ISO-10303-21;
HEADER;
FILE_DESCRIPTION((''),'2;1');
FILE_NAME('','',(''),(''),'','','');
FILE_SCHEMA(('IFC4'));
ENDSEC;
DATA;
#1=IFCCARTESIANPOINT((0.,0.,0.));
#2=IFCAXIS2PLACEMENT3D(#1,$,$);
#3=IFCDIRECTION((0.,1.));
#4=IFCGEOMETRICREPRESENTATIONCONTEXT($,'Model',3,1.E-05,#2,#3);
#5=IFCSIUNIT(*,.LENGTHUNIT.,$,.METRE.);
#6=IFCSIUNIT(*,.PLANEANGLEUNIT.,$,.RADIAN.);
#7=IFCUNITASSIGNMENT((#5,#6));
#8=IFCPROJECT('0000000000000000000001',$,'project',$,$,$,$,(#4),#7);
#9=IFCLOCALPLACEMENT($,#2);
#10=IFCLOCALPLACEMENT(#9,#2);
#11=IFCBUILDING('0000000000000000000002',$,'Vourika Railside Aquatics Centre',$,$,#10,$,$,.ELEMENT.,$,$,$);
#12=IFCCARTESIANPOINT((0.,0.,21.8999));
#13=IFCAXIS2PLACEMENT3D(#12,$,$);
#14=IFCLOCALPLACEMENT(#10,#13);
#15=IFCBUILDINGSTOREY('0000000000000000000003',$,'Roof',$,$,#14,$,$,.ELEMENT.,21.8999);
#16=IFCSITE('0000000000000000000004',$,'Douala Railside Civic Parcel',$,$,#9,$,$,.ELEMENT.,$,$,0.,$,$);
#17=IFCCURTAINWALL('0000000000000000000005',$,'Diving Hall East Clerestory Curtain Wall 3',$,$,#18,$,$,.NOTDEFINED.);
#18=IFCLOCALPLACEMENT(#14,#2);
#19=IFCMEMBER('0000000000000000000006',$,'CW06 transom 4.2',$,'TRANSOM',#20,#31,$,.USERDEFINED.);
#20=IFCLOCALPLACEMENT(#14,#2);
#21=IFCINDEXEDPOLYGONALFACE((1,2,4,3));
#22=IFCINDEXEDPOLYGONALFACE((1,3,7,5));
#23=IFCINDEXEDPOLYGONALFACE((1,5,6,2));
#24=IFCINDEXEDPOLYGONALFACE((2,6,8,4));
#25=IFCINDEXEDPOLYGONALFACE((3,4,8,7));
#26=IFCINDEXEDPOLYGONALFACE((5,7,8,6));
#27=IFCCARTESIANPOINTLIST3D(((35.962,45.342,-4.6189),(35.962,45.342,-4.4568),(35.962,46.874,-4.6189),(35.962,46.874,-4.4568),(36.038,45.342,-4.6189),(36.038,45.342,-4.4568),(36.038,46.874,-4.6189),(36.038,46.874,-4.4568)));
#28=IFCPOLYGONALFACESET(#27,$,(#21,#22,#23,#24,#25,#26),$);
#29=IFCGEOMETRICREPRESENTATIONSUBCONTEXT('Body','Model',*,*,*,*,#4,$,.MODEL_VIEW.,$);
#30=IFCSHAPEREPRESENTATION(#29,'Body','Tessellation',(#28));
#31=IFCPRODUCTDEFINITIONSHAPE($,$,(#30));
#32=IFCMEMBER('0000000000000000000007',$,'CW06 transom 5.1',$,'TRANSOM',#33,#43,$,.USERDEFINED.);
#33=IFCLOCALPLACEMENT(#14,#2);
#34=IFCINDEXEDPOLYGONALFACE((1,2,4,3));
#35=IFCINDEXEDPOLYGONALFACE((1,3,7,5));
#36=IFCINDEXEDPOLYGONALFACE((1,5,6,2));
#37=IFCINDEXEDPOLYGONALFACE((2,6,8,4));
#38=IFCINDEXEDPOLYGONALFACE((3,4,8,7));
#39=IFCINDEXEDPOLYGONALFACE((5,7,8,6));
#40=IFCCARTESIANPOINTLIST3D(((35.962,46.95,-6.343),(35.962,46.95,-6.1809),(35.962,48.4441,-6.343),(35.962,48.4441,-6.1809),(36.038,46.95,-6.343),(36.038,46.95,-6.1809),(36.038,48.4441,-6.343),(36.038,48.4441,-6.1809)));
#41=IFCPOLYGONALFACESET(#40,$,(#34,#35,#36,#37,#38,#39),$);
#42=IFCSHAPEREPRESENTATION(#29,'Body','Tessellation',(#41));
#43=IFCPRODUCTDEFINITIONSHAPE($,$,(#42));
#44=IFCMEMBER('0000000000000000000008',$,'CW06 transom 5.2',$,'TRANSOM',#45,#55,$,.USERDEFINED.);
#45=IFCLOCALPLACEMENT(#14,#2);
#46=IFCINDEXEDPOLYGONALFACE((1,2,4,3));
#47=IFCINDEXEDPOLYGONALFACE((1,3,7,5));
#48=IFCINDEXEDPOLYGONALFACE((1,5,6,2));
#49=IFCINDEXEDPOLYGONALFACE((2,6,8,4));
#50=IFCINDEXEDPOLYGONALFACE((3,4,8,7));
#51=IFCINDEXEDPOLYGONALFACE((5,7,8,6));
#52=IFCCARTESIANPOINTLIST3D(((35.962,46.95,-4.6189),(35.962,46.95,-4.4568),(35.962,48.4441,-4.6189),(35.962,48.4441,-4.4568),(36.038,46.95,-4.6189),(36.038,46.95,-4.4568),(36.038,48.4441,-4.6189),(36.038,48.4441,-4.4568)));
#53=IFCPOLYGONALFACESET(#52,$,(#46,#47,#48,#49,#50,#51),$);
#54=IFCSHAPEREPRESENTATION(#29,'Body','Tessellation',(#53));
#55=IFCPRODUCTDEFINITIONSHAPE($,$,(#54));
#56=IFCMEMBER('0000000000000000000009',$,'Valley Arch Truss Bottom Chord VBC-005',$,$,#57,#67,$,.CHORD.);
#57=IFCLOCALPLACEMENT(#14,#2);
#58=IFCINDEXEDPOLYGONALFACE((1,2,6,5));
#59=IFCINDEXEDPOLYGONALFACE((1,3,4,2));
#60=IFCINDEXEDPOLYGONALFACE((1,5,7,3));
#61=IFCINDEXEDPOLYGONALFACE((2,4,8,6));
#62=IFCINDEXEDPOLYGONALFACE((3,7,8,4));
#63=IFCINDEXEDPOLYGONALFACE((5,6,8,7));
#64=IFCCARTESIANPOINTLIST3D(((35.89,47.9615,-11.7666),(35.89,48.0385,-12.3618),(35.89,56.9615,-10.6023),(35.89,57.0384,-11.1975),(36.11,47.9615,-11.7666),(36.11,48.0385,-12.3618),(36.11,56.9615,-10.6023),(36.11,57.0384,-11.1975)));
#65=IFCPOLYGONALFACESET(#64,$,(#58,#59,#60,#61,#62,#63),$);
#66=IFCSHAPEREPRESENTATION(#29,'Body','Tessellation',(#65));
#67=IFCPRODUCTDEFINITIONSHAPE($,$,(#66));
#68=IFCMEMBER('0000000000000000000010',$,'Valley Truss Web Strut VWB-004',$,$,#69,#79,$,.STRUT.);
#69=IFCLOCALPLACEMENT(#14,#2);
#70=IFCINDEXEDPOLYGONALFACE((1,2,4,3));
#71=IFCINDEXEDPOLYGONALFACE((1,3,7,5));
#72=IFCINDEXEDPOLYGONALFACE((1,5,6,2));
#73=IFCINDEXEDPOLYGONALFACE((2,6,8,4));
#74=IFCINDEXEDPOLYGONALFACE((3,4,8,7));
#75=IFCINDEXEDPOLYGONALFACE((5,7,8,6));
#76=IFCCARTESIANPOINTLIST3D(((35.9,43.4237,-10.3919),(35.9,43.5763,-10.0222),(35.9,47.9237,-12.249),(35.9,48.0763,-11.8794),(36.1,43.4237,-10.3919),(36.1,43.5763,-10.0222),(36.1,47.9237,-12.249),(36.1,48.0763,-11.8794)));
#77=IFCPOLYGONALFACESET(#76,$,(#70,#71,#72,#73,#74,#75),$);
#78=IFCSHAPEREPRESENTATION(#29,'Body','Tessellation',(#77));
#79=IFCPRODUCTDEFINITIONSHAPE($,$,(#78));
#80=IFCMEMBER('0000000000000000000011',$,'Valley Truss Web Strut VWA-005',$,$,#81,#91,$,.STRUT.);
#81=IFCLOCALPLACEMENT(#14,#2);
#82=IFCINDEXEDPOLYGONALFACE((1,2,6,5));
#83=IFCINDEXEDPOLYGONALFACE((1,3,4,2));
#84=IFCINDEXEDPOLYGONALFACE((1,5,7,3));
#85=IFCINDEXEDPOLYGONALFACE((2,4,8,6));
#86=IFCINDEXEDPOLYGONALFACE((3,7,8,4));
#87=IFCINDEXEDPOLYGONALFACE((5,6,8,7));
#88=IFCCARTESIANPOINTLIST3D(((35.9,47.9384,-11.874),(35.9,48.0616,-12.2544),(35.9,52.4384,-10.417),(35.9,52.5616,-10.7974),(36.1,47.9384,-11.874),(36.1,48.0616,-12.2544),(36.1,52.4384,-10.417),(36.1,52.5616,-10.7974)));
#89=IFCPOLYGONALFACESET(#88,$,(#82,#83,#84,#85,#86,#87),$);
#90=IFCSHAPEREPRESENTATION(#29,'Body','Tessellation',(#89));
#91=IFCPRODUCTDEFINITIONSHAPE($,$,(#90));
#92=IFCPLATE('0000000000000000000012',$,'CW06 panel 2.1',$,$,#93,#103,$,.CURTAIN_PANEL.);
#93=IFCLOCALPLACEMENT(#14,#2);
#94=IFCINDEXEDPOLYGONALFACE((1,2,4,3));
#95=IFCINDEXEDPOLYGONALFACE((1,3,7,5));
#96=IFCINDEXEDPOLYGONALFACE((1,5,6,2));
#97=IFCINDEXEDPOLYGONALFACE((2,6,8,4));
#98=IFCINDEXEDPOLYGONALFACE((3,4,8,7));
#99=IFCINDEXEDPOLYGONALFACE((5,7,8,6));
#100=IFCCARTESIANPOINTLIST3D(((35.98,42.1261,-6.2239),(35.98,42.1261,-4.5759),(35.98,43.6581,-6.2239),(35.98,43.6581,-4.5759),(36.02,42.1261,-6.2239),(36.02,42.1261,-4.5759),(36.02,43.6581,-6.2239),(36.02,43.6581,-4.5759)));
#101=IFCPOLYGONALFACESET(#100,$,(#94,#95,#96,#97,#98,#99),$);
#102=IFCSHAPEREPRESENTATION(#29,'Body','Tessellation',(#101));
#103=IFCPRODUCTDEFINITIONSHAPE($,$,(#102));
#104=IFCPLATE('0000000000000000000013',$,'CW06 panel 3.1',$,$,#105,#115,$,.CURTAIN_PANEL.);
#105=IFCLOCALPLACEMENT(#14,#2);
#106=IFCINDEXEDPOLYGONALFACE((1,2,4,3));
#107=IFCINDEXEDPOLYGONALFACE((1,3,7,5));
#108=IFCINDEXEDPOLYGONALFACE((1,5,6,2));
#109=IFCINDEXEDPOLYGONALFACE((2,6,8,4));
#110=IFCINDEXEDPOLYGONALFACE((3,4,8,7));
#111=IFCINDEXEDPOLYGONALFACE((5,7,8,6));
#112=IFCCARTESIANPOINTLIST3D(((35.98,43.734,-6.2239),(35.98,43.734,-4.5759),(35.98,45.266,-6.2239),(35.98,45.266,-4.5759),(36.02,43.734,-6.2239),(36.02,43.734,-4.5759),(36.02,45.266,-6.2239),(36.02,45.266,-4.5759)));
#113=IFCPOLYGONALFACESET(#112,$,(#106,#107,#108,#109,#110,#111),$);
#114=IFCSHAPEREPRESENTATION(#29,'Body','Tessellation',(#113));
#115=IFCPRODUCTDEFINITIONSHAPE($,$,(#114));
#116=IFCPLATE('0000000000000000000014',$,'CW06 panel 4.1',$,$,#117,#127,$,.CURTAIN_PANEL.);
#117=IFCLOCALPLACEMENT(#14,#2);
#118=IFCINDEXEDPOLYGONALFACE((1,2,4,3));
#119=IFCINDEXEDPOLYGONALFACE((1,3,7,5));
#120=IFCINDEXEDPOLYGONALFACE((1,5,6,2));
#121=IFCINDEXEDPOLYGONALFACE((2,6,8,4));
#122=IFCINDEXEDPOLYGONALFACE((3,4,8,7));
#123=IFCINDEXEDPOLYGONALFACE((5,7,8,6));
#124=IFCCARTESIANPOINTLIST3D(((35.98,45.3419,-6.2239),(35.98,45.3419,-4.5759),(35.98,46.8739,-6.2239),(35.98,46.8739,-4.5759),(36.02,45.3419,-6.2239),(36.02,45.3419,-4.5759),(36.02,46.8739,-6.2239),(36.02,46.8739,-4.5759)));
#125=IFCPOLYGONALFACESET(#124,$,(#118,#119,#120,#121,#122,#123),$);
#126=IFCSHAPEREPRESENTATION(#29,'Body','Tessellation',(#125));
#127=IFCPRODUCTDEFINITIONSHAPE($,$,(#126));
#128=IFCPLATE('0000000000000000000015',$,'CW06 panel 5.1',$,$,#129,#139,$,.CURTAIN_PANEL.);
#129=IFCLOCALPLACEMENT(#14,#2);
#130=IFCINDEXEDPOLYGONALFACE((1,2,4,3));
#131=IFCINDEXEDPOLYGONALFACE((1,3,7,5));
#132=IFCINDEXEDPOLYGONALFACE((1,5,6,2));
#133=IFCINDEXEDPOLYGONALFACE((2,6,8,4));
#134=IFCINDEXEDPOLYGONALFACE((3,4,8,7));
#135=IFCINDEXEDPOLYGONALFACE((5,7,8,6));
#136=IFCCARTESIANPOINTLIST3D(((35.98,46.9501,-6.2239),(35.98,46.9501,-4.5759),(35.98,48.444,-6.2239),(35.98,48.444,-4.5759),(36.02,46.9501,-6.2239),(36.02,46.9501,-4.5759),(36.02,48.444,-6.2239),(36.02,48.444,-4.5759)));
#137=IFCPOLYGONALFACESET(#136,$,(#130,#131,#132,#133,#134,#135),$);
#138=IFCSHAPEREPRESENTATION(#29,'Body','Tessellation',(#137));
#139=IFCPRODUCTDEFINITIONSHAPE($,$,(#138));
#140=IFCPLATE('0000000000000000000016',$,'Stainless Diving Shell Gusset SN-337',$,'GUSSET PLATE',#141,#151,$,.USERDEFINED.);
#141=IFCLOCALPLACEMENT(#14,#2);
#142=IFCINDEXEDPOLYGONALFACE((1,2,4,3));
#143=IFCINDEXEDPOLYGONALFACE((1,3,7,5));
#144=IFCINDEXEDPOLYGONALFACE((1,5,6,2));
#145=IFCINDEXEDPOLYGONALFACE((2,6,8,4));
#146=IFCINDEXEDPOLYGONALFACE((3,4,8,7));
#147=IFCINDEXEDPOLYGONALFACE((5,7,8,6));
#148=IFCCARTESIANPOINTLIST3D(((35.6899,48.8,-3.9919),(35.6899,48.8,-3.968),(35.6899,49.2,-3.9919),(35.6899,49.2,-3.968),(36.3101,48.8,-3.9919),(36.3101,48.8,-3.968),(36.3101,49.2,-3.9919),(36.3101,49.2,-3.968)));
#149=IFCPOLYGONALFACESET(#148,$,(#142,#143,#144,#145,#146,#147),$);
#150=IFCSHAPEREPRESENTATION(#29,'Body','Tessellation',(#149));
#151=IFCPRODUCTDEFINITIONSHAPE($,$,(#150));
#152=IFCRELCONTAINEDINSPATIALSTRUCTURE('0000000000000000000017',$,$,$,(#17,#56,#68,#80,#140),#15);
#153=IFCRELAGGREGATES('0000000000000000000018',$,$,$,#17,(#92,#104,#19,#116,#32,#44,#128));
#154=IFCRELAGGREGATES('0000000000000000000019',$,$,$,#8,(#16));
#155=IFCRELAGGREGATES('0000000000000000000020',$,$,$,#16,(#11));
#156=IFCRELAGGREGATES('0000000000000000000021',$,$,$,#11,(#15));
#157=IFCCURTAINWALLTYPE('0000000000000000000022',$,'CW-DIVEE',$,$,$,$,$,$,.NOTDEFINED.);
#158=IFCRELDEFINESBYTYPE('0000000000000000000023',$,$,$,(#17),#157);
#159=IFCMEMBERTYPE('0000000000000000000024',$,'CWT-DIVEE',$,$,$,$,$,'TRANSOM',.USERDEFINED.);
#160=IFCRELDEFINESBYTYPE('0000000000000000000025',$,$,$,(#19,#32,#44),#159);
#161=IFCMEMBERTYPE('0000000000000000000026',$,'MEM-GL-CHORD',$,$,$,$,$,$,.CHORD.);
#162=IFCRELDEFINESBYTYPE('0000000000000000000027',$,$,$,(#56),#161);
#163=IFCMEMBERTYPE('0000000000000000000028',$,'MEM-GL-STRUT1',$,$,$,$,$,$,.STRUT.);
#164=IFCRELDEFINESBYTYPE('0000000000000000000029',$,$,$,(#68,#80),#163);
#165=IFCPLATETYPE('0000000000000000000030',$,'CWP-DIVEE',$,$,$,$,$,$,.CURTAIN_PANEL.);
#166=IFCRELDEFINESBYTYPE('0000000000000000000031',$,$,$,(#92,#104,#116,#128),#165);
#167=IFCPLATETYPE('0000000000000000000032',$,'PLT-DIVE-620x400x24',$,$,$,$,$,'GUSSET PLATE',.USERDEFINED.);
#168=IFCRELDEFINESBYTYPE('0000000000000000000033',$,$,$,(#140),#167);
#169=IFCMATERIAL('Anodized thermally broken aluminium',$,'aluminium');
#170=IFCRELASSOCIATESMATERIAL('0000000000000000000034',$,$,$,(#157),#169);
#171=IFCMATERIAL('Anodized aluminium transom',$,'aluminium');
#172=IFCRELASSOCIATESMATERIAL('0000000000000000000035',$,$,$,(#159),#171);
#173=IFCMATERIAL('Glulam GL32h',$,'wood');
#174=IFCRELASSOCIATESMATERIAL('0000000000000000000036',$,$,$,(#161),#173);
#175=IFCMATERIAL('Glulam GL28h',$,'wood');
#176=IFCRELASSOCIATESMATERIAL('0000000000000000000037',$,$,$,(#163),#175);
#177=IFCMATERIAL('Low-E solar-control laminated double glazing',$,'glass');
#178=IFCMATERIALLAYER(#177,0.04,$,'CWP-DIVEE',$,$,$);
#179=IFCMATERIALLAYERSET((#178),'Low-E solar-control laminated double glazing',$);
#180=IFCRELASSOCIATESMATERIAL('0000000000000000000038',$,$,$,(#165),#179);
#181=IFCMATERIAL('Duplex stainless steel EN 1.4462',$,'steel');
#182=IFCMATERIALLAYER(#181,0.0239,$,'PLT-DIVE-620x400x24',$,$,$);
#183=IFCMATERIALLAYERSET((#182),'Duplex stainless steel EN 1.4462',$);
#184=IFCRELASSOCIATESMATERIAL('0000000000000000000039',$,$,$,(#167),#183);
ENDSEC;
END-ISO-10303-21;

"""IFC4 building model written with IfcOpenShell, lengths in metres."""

from ifc_helpers import new_model, si_unit, direction, frame, origin, origin_2d, place, context, subcontext, project, spatial, rectangle, extrude, material, layer, layer_set, material_profile, profile_set, type_object, element, aggregate, save


model = new_model("IFC4")

# Units and contexts
model_context = context("Model", 3, precision=1e-05, world=origin(), true_north=direction((0.0, 1.0)))
body_context = subcontext(model_context, "Body", "Model", "MODEL_VIEW")
ifc_project = project(units=[si_unit("LENGTHUNIT", "METRE"), si_unit("PLANEANGLEUNIT", "RADIAN")], contexts=[model_context])

# Site, building, storey
site_placement = place(None, origin())
site = spatial("IfcSite", under=ifc_project, at=site_placement, Name="Douala Railside Civic Parcel", CompositionType="ELEMENT", RefElevation=0.0)
building_placement = place(site_placement, origin())
building = spatial("IfcBuilding", under=site, at=building_placement, Name="Vourika Railside Aquatics Centre", CompositionType="ELEMENT")
storey_placement = place(building_placement, frame((0.0, 0.0, 21.8999)))
storey = spatial("IfcBuildingStorey", under=building, at=storey_placement, Name="Roof", CompositionType="ELEMENT", Elevation=21.8999)

# Shared definitions
ifc_material_1 = material(Name="Glulam GL32h", Category="wood")

# Curtain wall
ifc_material_2 = material(Name="Anodized thermally broken aluminium", Category="aluminium")
curtain_wall_type = type_object("IfcCurtainWallType", Name="CW-DIVEE", PredefinedType="NOTDEFINED", material=ifc_material_2)
curtain_wall_1_placement = place(storey_placement, origin())
curtain_wall_1 = element("IfcCurtainWall", 1, at=curtain_wall_1_placement, inside=storey, type_object=curtain_wall_type, Name="Diving Hall East Clerestory Curtain Wall 3", PredefinedType="NOTDEFINED")

# Members
ifc_material_3 = material(Name="Anodized aluminium transom", Category="aluminium")
ifc_material_profile_1 = material_profile(ifc_material_3, rectangle(XDim=0.0759, YDim=0.1621, at=origin_2d()), Name="ALU-T 76x162")
ifc_profile_set_1 = profile_set([ifc_material_profile_1], Name="Anodized aluminium transom")
member_type_1 = type_object("IfcMemberType", Name="CWT-DIVEE", ElementType="TRANSOM", PredefinedType="USERDEFINED", material=ifc_profile_set_1)
member_1_placement = place(storey_placement, frame((36.0, 45.342, -4.5378), z_axis=(0.0, 1.0, 0.0), x_axis=(-1.0, 0.0, 0.0)))
member_1 = element("IfcMember", 2, at=member_1_placement, type_object=member_type_1, Name="CW06 transom 4.2", ObjectType="TRANSOM", PredefinedType="USERDEFINED", context=body_context, shape_type="SweptSolid", body=[
    extrude(rectangle(XDim=0.0759, YDim=0.1621, at=origin_2d()), origin(), (0.0, 0.0, 1.0), 1.532),
])
member_2_placement = place(storey_placement, frame((36.0, 46.95, -6.262), z_axis=(0.0, 1.0, 0.0), x_axis=(-1.0, 0.0, 0.0)))
member_2 = element("IfcMember", 3, at=member_2_placement, type_object=member_type_1, Name="CW06 transom 5.1", ObjectType="TRANSOM", PredefinedType="USERDEFINED", context=body_context, shape_type="SweptSolid", body=[
    extrude(rectangle(XDim=0.0759, YDim=0.1621, at=origin_2d()), origin(), (0.0, 0.0, 1.0), 1.4941),
])
member_3_placement = place(storey_placement, frame((36.0, 46.95, -4.5378), z_axis=(0.0, 1.0, 0.0), x_axis=(-1.0, 0.0, 0.0)))
member_3 = element("IfcMember", 4, at=member_3_placement, type_object=member_type_1, Name="CW06 transom 5.2", ObjectType="TRANSOM", PredefinedType="USERDEFINED", context=body_context, shape_type="SweptSolid", body=[
    extrude(rectangle(XDim=0.0759, YDim=0.1621, at=origin_2d()), origin(), (0.0, 0.0, 1.0), 1.4941),
])

# Members
ifc_material_profile_2 = material_profile(ifc_material_1, rectangle(XDim=0.22, YDim=0.6001, at=origin_2d()), Name="GL32h 220x600")
ifc_profile_set_2 = profile_set([ifc_material_profile_2], Name="Glulam GL32h")
member_type_2 = type_object("IfcMemberType", Name="MEM-GL-CHORD", PredefinedType="CHORD", material=ifc_profile_set_2)
member_4_placement = place(storey_placement, frame((36.0, 48.0, -12.0642), z_axis=(0.0, 0.991736, 0.128298), x_axis=(-1.0, 0.0, 0.0)))
element("IfcMember", 5, at=member_4_placement, inside=storey, type_object=member_type_2, Name="Valley Arch Truss Bottom Chord VBC-005", PredefinedType="CHORD", context=body_context, shape_type="SweptSolid", body=[
    extrude(rectangle(XDim=0.22, YDim=0.6001, at=origin_2d()), origin(), (0.0, 0.0, 1.0), 9.075),
])
ifc_material_4 = material(Name="Glulam GL28h", Category="wood")
ifc_material_profile_3 = material_profile(ifc_material_4, rectangle(XDim=0.2, YDim=0.3999, at=origin_2d()), Name="GL28h 200x400")
ifc_profile_set_3 = profile_set([ifc_material_profile_3], Name="Glulam GL28h")
member_type_3 = type_object("IfcMemberType", Name="MEM-GL-STRUT1", PredefinedType="STRUT", material=ifc_profile_set_3)
member_5_placement = place(storey_placement, frame((36.0, 43.5, -10.207), z_axis=(0.0, 0.924371, -0.381494), x_axis=(-1.0, 0.0, 0.0)))
element("IfcMember", 6, at=member_5_placement, inside=storey, type_object=member_type_3, Name="Valley Truss Web Strut VWB-004", PredefinedType="STRUT", context=body_context, shape_type="SweptSolid", body=[
    extrude(rectangle(XDim=0.2, YDim=0.3999, at=origin_2d()), origin(), (0.0, 0.0, 1.0), 4.8682),
])
member_6_placement = place(storey_placement, frame((36.0, 48.0, -12.0642), z_axis=(0.0, 0.951373, 0.30804), x_axis=(-1.0, 0.0, 0.0)))
element("IfcMember", 7, at=member_6_placement, inside=storey, type_object=member_type_3, Name="Valley Truss Web Strut VWA-005", PredefinedType="STRUT", context=body_context, shape_type="SweptSolid", body=[
    extrude(rectangle(XDim=0.2, YDim=0.3999, at=origin_2d()), origin(), (0.0, 0.0, 1.0), 4.73),
])

# Plates
ifc_material_5 = material(Name="Low-E solar-control laminated double glazing", Category="glass")
ifc_layer_1 = layer(ifc_material_5, 0.04, Name="CWP-DIVEE")
ifc_layer_set_1 = layer_set([ifc_layer_1], Name="Low-E solar-control laminated double glazing")
plate_type_1 = type_object("IfcPlateType", Name="CWP-DIVEE", PredefinedType="CURTAIN_PANEL", material=ifc_layer_set_1)
plate_1_placement = place(storey_placement, frame((36.0, 42.8921, -6.2239), z_axis=(0.0, 0.0, 1.0), x_axis=(0.0, 1.0, 0.0)))
plate_1 = element("IfcPlate", 8, at=plate_1_placement, type_object=plate_type_1, Name="CW06 panel 2.1", PredefinedType="CURTAIN_PANEL", context=body_context, shape_type="SweptSolid", body=[
    extrude(rectangle(XDim=1.532, YDim=0.04, at=origin_2d()), origin(), (0.0, 0.0, 1.0), 1.6479),
])
plate_2_placement = place(storey_placement, frame((36.0, 44.5, -6.2239), z_axis=(0.0, 0.0, 1.0), x_axis=(0.0, 1.0, 0.0)))
plate_2 = element("IfcPlate", 9, at=plate_2_placement, type_object=plate_type_1, Name="CW06 panel 3.1", PredefinedType="CURTAIN_PANEL", context=body_context, shape_type="SweptSolid", body=[
    extrude(rectangle(XDim=1.532, YDim=0.04, at=origin_2d()), origin(), (0.0, 0.0, 1.0), 1.6479),
])
plate_3_placement = place(storey_placement, frame((36.0, 46.1079, -6.2239), z_axis=(0.0, 0.0, 1.0), x_axis=(0.0, 1.0, 0.0)))
plate_3 = element("IfcPlate", 10, at=plate_3_placement, type_object=plate_type_1, Name="CW06 panel 4.1", PredefinedType="CURTAIN_PANEL", context=body_context, shape_type="SweptSolid", body=[
    extrude(rectangle(XDim=1.532, YDim=0.04, at=origin_2d()), origin(), (0.0, 0.0, 1.0), 1.6479),
])
plate_4_placement = place(storey_placement, frame((36.0, 47.697, -6.2239), z_axis=(0.0, 0.0, 1.0), x_axis=(0.0, 1.0, 0.0)))
plate_4 = element("IfcPlate", 11, at=plate_4_placement, type_object=plate_type_1, Name="CW06 panel 5.1", PredefinedType="CURTAIN_PANEL", context=body_context, shape_type="SweptSolid", body=[
    extrude(rectangle(XDim=1.4939, YDim=0.04, at=origin_2d()), origin(), (0.0, 0.0, 1.0), 1.6479),
])
aggregate(curtain_wall_1, [plate_1, plate_2, member_1, plate_3, member_2, member_3, plate_4])
ifc_material_6 = material(Name="Duplex stainless steel EN 1.4462", Category="steel")
ifc_layer_2 = layer(ifc_material_6, 0.0239, Name="PLT-DIVE-620x400x24")
ifc_layer_set_2 = layer_set([ifc_layer_2], Name="Duplex stainless steel EN 1.4462")
plate_type_2 = type_object("IfcPlateType", Name="PLT-DIVE-620x400x24", ElementType="GUSSET PLATE", PredefinedType="USERDEFINED", material=ifc_layer_set_2)
plate_5_placement = place(storey_placement, frame((36.0, 49.0, -3.9919), z_axis=(0.0, 0.0, 1.0), x_axis=(1.0, 0.0, 0.0)))
element("IfcPlate", 12, at=plate_5_placement, inside=storey, type_object=plate_type_2, Name="Stainless Diving Shell Gusset SN-337", ObjectType="GUSSET PLATE", PredefinedType="USERDEFINED", context=body_context, shape_type="SweptSolid", body=[
    extrude(rectangle(XDim=0.6201, YDim=0.3999, at=origin_2d()), origin(), (0.0, 0.0, 1.0), 0.0239),
])

save(model, "model.ifc")
